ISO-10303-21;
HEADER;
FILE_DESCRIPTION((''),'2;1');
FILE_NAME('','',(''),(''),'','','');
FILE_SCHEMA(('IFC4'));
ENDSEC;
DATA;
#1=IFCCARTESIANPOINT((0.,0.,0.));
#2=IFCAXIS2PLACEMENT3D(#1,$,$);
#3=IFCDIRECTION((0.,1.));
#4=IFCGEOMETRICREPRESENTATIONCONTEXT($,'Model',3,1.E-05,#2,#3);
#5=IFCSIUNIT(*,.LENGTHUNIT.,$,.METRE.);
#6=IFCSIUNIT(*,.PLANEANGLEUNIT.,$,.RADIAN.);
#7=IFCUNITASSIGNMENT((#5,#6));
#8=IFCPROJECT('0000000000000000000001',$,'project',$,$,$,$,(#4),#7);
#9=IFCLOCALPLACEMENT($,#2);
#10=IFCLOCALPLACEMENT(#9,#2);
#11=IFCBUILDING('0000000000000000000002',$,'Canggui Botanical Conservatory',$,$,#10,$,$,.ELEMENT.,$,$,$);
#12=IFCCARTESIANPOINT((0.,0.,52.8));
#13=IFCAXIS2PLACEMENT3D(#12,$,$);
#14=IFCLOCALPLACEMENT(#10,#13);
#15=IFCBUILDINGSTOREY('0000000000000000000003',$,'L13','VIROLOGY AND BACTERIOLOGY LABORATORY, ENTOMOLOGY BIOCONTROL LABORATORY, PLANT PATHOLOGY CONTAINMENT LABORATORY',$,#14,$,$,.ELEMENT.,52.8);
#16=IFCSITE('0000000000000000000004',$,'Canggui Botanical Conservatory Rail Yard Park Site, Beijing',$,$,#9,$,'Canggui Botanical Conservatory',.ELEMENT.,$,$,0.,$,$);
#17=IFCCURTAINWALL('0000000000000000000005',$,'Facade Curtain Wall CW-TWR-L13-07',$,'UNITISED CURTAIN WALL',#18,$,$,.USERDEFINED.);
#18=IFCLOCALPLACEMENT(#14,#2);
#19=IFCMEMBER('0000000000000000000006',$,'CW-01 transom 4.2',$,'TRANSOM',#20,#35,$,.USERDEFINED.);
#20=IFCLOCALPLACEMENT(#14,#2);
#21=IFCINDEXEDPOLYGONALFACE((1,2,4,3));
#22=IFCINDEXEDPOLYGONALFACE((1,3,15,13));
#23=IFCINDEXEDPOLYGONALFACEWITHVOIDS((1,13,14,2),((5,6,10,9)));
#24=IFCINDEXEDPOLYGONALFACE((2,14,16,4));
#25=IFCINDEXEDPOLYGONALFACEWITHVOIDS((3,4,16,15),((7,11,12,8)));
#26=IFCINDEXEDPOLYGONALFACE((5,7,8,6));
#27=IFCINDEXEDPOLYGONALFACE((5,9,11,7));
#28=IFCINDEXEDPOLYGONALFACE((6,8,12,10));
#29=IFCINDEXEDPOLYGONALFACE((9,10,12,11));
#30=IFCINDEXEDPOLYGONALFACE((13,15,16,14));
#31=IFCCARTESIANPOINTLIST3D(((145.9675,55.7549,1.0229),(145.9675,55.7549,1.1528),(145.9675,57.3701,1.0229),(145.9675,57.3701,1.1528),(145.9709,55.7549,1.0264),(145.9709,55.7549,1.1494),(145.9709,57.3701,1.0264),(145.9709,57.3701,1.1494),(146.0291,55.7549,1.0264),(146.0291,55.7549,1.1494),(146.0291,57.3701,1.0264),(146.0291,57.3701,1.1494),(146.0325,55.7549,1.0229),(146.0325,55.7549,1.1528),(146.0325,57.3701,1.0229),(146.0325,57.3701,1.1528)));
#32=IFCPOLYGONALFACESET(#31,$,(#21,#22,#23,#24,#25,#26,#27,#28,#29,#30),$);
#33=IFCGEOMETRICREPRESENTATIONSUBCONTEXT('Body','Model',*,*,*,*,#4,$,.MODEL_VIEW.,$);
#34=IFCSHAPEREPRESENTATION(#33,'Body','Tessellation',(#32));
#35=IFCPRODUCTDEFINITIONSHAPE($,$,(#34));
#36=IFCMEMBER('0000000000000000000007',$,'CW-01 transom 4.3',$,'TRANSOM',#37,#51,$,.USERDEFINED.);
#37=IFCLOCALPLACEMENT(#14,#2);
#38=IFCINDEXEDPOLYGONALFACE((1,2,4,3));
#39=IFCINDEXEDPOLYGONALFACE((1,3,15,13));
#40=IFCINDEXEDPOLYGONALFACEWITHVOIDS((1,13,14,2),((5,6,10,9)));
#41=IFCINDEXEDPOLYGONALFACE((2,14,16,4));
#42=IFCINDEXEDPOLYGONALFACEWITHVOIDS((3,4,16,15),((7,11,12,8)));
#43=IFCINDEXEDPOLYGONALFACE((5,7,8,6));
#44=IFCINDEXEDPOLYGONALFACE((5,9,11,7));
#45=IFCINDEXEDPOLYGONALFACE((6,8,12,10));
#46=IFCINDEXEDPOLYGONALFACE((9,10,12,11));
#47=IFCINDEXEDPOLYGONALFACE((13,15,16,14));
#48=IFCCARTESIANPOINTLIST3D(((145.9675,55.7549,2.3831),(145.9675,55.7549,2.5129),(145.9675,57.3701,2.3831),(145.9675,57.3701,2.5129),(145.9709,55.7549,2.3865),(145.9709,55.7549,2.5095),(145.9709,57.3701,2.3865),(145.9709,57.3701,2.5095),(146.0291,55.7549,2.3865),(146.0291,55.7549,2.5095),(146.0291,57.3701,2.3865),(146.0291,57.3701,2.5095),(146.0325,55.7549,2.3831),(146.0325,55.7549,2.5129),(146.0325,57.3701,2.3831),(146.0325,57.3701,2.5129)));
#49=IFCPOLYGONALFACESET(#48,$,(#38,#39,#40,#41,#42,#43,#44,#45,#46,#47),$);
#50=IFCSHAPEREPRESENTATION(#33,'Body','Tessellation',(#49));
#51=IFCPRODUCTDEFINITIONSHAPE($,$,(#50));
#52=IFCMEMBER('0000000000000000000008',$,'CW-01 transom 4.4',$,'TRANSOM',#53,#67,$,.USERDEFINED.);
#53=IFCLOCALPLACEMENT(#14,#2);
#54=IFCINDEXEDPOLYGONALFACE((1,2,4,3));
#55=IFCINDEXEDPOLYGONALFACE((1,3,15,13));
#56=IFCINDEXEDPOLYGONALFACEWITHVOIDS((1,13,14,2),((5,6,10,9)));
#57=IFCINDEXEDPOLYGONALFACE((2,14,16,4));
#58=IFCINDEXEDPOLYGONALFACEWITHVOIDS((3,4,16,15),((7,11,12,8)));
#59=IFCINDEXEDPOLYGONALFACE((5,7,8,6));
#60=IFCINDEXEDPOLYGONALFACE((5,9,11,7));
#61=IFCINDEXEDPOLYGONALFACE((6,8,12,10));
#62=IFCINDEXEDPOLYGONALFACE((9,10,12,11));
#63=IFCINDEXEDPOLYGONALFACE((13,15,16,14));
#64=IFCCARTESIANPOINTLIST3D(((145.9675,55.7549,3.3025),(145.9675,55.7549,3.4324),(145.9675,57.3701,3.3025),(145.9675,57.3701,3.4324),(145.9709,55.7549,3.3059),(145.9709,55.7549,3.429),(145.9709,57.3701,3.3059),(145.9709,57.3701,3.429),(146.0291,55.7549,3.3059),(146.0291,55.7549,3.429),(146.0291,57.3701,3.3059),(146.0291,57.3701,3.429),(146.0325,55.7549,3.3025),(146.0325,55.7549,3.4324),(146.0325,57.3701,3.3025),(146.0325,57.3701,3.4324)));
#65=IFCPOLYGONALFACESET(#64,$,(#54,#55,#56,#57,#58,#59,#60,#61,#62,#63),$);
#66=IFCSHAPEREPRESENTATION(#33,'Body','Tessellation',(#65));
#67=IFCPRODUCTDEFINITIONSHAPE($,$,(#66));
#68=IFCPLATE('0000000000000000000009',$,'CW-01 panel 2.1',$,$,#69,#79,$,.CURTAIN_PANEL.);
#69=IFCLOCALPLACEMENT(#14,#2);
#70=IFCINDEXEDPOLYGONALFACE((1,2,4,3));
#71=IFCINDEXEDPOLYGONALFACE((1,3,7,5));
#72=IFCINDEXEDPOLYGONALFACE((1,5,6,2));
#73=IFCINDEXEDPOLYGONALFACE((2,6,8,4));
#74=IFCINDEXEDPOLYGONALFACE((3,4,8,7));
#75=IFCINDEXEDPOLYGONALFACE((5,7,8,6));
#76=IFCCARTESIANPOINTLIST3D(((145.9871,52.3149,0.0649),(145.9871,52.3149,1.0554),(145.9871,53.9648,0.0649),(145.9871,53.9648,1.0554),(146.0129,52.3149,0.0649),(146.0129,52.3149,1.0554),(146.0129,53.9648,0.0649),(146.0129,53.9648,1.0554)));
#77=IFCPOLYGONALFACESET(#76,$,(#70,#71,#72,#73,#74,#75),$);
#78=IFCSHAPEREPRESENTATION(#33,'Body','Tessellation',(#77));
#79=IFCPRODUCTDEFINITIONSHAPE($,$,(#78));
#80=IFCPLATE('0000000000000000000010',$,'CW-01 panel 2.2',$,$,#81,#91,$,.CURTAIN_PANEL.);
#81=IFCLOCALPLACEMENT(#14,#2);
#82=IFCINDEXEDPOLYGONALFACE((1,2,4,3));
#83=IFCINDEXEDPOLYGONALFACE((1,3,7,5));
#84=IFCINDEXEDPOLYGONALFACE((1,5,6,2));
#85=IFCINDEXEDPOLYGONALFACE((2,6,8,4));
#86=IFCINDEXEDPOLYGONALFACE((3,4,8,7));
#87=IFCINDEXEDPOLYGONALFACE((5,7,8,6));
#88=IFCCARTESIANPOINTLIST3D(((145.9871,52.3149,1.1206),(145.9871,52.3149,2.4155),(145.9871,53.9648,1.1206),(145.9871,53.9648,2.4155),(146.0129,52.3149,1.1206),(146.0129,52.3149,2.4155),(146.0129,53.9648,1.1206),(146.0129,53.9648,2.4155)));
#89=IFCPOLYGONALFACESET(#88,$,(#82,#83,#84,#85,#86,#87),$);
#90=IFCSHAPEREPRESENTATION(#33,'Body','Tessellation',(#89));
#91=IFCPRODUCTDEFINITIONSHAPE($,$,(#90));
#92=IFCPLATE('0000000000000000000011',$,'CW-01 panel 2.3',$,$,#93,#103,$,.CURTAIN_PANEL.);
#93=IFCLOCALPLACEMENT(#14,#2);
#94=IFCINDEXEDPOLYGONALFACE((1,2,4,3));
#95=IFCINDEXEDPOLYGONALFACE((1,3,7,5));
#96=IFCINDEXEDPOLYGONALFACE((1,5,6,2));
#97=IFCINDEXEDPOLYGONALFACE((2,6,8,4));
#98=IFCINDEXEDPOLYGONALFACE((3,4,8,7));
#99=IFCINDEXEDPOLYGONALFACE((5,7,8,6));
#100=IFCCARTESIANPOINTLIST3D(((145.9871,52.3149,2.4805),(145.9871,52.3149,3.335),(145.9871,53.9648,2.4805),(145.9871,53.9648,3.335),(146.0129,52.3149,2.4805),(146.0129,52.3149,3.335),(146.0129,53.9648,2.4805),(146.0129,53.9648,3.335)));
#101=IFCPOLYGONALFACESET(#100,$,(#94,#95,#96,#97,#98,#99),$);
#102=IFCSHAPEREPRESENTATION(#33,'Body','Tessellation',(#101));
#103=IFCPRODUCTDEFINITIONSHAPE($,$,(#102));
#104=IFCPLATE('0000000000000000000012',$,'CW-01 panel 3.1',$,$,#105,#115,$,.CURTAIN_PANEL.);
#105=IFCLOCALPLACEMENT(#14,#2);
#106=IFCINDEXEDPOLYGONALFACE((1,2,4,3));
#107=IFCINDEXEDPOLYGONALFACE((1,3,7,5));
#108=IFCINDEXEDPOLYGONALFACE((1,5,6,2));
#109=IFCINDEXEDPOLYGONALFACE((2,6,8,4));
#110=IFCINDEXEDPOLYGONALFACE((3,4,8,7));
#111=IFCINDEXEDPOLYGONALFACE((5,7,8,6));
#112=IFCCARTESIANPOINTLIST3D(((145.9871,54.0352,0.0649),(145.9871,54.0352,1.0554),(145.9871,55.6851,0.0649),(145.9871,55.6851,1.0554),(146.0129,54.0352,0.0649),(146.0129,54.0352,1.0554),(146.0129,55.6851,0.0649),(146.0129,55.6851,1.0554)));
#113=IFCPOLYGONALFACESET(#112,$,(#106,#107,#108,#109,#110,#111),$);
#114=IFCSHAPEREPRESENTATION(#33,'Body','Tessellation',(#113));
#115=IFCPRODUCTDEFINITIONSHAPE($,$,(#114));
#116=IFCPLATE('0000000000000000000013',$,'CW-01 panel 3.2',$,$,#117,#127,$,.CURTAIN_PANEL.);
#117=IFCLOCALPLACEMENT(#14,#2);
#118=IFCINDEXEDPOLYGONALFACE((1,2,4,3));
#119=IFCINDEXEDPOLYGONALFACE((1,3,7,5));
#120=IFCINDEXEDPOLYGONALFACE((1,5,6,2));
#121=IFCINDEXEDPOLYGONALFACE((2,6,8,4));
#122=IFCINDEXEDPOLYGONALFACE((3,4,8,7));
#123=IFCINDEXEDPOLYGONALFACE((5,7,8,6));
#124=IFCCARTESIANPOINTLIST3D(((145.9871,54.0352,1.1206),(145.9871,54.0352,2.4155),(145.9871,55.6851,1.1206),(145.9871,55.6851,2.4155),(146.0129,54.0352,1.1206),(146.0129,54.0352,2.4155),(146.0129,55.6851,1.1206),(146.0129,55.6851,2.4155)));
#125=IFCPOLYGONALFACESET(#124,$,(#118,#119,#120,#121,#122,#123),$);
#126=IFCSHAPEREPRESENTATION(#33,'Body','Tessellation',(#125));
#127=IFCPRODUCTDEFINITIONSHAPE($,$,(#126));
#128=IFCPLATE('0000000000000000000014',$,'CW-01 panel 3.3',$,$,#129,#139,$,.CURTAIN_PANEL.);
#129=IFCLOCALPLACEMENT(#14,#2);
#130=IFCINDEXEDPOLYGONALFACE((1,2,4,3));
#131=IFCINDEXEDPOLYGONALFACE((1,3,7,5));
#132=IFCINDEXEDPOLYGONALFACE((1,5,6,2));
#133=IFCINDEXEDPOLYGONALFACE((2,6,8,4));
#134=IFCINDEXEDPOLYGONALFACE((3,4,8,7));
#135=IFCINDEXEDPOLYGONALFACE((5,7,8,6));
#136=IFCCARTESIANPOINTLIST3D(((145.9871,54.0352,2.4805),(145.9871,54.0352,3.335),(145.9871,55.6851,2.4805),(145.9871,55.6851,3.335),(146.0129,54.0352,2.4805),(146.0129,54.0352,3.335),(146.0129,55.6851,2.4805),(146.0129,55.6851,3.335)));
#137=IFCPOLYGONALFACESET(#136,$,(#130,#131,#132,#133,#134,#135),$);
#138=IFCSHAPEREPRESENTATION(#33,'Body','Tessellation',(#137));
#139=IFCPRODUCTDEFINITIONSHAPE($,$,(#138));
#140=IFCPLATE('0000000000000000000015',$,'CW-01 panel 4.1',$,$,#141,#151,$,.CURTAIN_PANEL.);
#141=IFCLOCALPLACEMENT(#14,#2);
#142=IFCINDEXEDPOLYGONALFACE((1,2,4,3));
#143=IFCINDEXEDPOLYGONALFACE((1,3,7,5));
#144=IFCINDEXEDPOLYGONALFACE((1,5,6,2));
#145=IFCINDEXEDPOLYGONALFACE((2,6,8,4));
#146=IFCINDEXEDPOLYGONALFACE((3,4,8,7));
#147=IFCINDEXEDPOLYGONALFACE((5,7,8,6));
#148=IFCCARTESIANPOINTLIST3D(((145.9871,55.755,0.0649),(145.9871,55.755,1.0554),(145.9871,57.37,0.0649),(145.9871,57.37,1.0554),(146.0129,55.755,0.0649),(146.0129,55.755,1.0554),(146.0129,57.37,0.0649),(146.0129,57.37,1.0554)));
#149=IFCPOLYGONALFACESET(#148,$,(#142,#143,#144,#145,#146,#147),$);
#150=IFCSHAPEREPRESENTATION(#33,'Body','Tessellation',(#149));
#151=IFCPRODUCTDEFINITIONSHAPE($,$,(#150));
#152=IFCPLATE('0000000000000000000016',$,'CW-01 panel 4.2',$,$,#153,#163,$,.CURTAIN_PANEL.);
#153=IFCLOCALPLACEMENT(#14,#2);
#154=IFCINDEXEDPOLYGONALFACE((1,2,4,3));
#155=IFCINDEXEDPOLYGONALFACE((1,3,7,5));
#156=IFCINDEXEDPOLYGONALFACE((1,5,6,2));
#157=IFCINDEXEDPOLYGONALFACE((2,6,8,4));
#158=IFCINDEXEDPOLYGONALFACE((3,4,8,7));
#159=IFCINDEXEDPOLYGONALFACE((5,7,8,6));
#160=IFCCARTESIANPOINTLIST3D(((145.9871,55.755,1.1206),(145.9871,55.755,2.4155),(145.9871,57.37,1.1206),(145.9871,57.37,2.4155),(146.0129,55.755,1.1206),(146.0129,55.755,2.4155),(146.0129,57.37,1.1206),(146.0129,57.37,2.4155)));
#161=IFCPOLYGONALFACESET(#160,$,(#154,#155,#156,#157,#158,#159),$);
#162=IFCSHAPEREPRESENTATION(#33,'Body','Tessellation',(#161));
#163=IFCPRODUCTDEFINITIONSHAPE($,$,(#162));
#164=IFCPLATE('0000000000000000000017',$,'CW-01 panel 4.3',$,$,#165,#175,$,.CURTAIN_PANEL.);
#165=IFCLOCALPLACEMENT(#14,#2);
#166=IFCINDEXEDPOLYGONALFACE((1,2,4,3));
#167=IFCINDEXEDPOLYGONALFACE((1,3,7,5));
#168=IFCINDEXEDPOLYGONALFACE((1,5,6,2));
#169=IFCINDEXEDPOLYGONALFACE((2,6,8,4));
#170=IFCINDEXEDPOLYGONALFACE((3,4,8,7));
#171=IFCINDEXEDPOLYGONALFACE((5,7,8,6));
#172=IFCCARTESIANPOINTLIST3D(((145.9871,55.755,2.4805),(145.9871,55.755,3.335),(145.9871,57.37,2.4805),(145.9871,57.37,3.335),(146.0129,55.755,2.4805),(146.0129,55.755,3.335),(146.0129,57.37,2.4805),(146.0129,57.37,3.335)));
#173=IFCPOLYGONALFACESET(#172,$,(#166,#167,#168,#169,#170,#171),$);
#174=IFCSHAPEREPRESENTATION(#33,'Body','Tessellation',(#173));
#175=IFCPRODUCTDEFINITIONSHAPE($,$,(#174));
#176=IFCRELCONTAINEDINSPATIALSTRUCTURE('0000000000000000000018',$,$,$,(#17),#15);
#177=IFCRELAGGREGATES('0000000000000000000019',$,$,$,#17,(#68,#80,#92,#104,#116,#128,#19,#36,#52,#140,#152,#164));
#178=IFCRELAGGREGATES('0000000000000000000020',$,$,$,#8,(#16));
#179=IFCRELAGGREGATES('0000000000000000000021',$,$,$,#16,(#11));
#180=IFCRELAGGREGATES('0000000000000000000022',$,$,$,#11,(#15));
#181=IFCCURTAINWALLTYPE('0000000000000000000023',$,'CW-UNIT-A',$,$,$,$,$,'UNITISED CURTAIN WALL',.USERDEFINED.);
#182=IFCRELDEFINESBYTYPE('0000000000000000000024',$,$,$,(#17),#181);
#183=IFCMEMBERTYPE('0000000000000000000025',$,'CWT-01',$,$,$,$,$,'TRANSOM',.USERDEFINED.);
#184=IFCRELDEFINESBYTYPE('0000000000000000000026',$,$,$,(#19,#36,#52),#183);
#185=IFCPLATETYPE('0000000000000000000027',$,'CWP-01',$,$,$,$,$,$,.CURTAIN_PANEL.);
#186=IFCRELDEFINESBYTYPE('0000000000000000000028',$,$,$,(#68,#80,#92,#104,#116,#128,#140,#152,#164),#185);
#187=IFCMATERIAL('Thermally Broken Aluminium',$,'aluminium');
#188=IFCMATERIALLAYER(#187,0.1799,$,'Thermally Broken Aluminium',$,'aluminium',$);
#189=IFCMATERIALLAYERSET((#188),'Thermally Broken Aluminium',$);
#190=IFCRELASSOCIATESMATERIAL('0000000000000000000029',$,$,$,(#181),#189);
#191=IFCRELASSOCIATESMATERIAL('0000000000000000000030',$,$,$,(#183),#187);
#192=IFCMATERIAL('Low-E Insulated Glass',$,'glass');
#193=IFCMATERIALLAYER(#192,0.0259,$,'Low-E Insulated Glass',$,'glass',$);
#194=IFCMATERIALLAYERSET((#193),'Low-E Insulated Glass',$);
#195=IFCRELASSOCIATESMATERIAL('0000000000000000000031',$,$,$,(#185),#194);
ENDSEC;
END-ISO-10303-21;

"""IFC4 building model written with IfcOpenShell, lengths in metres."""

from ifc_helpers import new_model, si_unit, direction, frame, origin, origin_2d, place, context, subcontext, project, spatial, rectangle, hollow_rectangle, extrude, material, layer, layer_set, material_profile, profile_set, type_object, element, aggregate, save


model = new_model("IFC4")

# Units and contexts
model_context = context("Model", 3, precision=1e-05, world=origin(), true_north=direction((0.0, 1.0)))
body_context = subcontext(model_context, "Body", "Model", "MODEL_VIEW")
ifc_project = project(units=[si_unit("LENGTHUNIT", "METRE"), si_unit("PLANEANGLEUNIT", "RADIAN")], contexts=[model_context])

# Site, building, storey
site_placement = place(None, origin())
site = spatial("IfcSite", under=ifc_project, at=site_placement, Name="Canggui Botanical Conservatory Rail Yard Park Site, Beijing", LongName="Canggui Botanical Conservatory", CompositionType="ELEMENT", RefElevation=0.0)
building_placement = place(site_placement, origin())
building = spatial("IfcBuilding", under=site, at=building_placement, Name="Canggui Botanical Conservatory", CompositionType="ELEMENT")
storey_placement = place(building_placement, frame((0.0, 0.0, 52.8)))
storey = spatial("IfcBuildingStorey", under=building, at=storey_placement, Name="L13", Description="VIROLOGY AND BACTERIOLOGY LABORATORY, ENTOMOLOGY BIOCONTROL LABORATORY, PLANT PATHOLOGY CONTAINMENT LABORATORY", CompositionType="ELEMENT", Elevation=52.8)

# Curtain wall
ifc_material_1 = material(Name="Thermally Broken Aluminium", Category="aluminium")
ifc_layer_1 = layer(ifc_material_1, 0.1799, Name="Thermally Broken Aluminium", Category="aluminium")
ifc_layer_set_1 = layer_set([ifc_layer_1], Name="Thermally Broken Aluminium")
curtain_wall_type = type_object("IfcCurtainWallType", Name="CW-UNIT-A", ElementType="UNITISED CURTAIN WALL", PredefinedType="USERDEFINED", material=ifc_layer_set_1)
curtain_wall_1_placement = place(storey_placement, origin())
curtain_wall_1 = element("IfcCurtainWall", 1, at=curtain_wall_1_placement, inside=storey, type_object=curtain_wall_type, Name="Facade Curtain Wall CW-TWR-L13-07", ObjectType="UNITISED CURTAIN WALL", PredefinedType="USERDEFINED")

# Members
ifc_material_profile_1 = material_profile(ifc_material_1, hollow_rectangle(XDim=0.0649, YDim=0.1299, WallThickness=0.0034, at=origin_2d()), Name="CWT 65x130x3.5")
ifc_profile_set_1 = profile_set([ifc_material_profile_1], Name="Thermally Broken Aluminium")
member_type_1 = type_object("IfcMemberType", Name="CWT-01", ElementType="TRANSOM", PredefinedType="USERDEFINED", material=ifc_profile_set_1)
member_1_placement = place(storey_placement, frame((146.0, 55.7549, 1.0879), z_axis=(0.0, 1.0, 0.0), x_axis=(-1.0, 0.0, 0.0)))
member_1 = element("IfcMember", 2, at=member_1_placement, type_object=member_type_1, Name="CW-01 transom 4.2", ObjectType="TRANSOM", PredefinedType="USERDEFINED", context=body_context, shape_type="SweptSolid", body=[
    extrude(hollow_rectangle(XDim=0.0649, YDim=0.1299, WallThickness=0.0034, at=origin_2d()), origin(), (0.0, 0.0, 1.0), 1.6152),
])
member_2_placement = place(storey_placement, frame((146.0, 55.7549, 2.448), z_axis=(0.0, 1.0, 0.0), x_axis=(-1.0, 0.0, 0.0)))
member_2 = element("IfcMember", 3, at=member_2_placement, type_object=member_type_1, Name="CW-01 transom 4.3", ObjectType="TRANSOM", PredefinedType="USERDEFINED", context=body_context, shape_type="SweptSolid", body=[
    extrude(hollow_rectangle(XDim=0.0649, YDim=0.1299, WallThickness=0.0034, at=origin_2d()), origin(), (0.0, 0.0, 1.0), 1.6152),
])
member_3_placement = place(storey_placement, frame((146.0, 55.7549, 3.3674), z_axis=(0.0, 1.0, 0.0), x_axis=(-1.0, 0.0, 0.0)))
member_3 = element("IfcMember", 4, at=member_3_placement, type_object=member_type_1, Name="CW-01 transom 4.4", ObjectType="TRANSOM", PredefinedType="USERDEFINED", context=body_context, shape_type="SweptSolid", body=[
    extrude(hollow_rectangle(XDim=0.0649, YDim=0.1299, WallThickness=0.0034, at=origin_2d()), origin(), (0.0, 0.0, 1.0), 1.6152),
])

# Plates
ifc_material_2 = material(Name="Low-E Insulated Glass", Category="glass")
ifc_layer_2 = layer(ifc_material_2, 0.0259, Name="Low-E Insulated Glass", Category="glass")
ifc_layer_set_2 = layer_set([ifc_layer_2], Name="Low-E Insulated Glass")
plate_type = type_object("IfcPlateType", Name="CWP-01", PredefinedType="CURTAIN_PANEL", material=ifc_layer_set_2)
plate_1_placement = place(storey_placement, frame((146.0, 53.1399, 0.0649), z_axis=(0.0, 0.0, 1.0), x_axis=(0.0, 1.0, 0.0)))
plate_1 = element("IfcPlate", 5, at=plate_1_placement, type_object=plate_type, Name="CW-01 panel 2.1", PredefinedType="CURTAIN_PANEL", context=body_context, shape_type="SweptSolid", body=[
    extrude(rectangle(XDim=1.6499, YDim=0.0259, at=origin_2d()), origin(), (0.0, 0.0, 1.0), 0.9905),
])
plate_2_placement = place(storey_placement, frame((146.0, 53.1399, 1.1206), z_axis=(0.0, 0.0, 1.0), x_axis=(0.0, 1.0, 0.0)))
plate_2 = element("IfcPlate", 6, at=plate_2_placement, type_object=plate_type, Name="CW-01 panel 2.2", PredefinedType="CURTAIN_PANEL", context=body_context, shape_type="SweptSolid", body=[
    extrude(rectangle(XDim=1.6499, YDim=0.0259, at=origin_2d()), origin(), (0.0, 0.0, 1.0), 1.2949),
])
plate_3_placement = place(storey_placement, frame((146.0, 53.1399, 2.4805), z_axis=(0.0, 0.0, 1.0), x_axis=(0.0, 1.0, 0.0)))
plate_3 = element("IfcPlate", 7, at=plate_3_placement, type_object=plate_type, Name="CW-01 panel 2.3", PredefinedType="CURTAIN_PANEL", context=body_context, shape_type="SweptSolid", body=[
    extrude(rectangle(XDim=1.6499, YDim=0.0259, at=origin_2d()), origin(), (0.0, 0.0, 1.0), 0.8545),
])
plate_4_placement = place(storey_placement, frame((146.0, 54.8601, 0.0649), z_axis=(0.0, 0.0, 1.0), x_axis=(0.0, 1.0, 0.0)))
plate_4 = element("IfcPlate", 8, at=plate_4_placement, type_object=plate_type, Name="CW-01 panel 3.1", PredefinedType="CURTAIN_PANEL", context=body_context, shape_type="SweptSolid", body=[
    extrude(rectangle(XDim=1.6499, YDim=0.0259, at=origin_2d()), origin(), (0.0, 0.0, 1.0), 0.9905),
])
plate_5_placement = place(storey_placement, frame((146.0, 54.8601, 1.1206), z_axis=(0.0, 0.0, 1.0), x_axis=(0.0, 1.0, 0.0)))
plate_5 = element("IfcPlate", 9, at=plate_5_placement, type_object=plate_type, Name="CW-01 panel 3.2", PredefinedType="CURTAIN_PANEL", context=body_context, shape_type="SweptSolid", body=[
    extrude(rectangle(XDim=1.6499, YDim=0.0259, at=origin_2d()), origin(), (0.0, 0.0, 1.0), 1.2949),
])
plate_6_placement = place(storey_placement, frame((146.0, 54.8601, 2.4805), z_axis=(0.0, 0.0, 1.0), x_axis=(0.0, 1.0, 0.0)))
plate_6 = element("IfcPlate", 10, at=plate_6_placement, type_object=plate_type, Name="CW-01 panel 3.3", PredefinedType="CURTAIN_PANEL", context=body_context, shape_type="SweptSolid", body=[
    extrude(rectangle(XDim=1.6499, YDim=0.0259, at=origin_2d()), origin(), (0.0, 0.0, 1.0), 0.8545),
])
plate_7_placement = place(storey_placement, frame((146.0, 56.5625, 0.0649), z_axis=(0.0, 0.0, 1.0), x_axis=(0.0, 1.0, 0.0)))
plate_7 = element("IfcPlate", 11, at=plate_7_placement, type_object=plate_type, Name="CW-01 panel 4.1", PredefinedType="CURTAIN_PANEL", context=body_context, shape_type="SweptSolid", body=[
    extrude(rectangle(XDim=1.615, YDim=0.0259, at=origin_2d()), origin(), (0.0, 0.0, 1.0), 0.9905),
])
plate_8_placement = place(storey_placement, frame((146.0, 56.5625, 1.1206), z_axis=(0.0, 0.0, 1.0), x_axis=(0.0, 1.0, 0.0)))
plate_8 = element("IfcPlate", 12, at=plate_8_placement, type_object=plate_type, Name="CW-01 panel 4.2", PredefinedType="CURTAIN_PANEL", context=body_context, shape_type="SweptSolid", body=[
    extrude(rectangle(XDim=1.615, YDim=0.0259, at=origin_2d()), origin(), (0.0, 0.0, 1.0), 1.2949),
])
plate_9_placement = place(storey_placement, frame((146.0, 56.5625, 2.4805), z_axis=(0.0, 0.0, 1.0), x_axis=(0.0, 1.0, 0.0)))
plate_9 = element("IfcPlate", 13, at=plate_9_placement, type_object=plate_type, Name="CW-01 panel 4.3", PredefinedType="CURTAIN_PANEL", context=body_context, shape_type="SweptSolid", body=[
    extrude(rectangle(XDim=1.615, YDim=0.0259, at=origin_2d()), origin(), (0.0, 0.0, 1.0), 0.8545),
])
aggregate(curtain_wall_1, [plate_1, plate_2, plate_3, plate_4, plate_5, plate_6, member_1, member_2, member_3, plate_7, plate_8, plate_9])

save(model, "model.ifc")
